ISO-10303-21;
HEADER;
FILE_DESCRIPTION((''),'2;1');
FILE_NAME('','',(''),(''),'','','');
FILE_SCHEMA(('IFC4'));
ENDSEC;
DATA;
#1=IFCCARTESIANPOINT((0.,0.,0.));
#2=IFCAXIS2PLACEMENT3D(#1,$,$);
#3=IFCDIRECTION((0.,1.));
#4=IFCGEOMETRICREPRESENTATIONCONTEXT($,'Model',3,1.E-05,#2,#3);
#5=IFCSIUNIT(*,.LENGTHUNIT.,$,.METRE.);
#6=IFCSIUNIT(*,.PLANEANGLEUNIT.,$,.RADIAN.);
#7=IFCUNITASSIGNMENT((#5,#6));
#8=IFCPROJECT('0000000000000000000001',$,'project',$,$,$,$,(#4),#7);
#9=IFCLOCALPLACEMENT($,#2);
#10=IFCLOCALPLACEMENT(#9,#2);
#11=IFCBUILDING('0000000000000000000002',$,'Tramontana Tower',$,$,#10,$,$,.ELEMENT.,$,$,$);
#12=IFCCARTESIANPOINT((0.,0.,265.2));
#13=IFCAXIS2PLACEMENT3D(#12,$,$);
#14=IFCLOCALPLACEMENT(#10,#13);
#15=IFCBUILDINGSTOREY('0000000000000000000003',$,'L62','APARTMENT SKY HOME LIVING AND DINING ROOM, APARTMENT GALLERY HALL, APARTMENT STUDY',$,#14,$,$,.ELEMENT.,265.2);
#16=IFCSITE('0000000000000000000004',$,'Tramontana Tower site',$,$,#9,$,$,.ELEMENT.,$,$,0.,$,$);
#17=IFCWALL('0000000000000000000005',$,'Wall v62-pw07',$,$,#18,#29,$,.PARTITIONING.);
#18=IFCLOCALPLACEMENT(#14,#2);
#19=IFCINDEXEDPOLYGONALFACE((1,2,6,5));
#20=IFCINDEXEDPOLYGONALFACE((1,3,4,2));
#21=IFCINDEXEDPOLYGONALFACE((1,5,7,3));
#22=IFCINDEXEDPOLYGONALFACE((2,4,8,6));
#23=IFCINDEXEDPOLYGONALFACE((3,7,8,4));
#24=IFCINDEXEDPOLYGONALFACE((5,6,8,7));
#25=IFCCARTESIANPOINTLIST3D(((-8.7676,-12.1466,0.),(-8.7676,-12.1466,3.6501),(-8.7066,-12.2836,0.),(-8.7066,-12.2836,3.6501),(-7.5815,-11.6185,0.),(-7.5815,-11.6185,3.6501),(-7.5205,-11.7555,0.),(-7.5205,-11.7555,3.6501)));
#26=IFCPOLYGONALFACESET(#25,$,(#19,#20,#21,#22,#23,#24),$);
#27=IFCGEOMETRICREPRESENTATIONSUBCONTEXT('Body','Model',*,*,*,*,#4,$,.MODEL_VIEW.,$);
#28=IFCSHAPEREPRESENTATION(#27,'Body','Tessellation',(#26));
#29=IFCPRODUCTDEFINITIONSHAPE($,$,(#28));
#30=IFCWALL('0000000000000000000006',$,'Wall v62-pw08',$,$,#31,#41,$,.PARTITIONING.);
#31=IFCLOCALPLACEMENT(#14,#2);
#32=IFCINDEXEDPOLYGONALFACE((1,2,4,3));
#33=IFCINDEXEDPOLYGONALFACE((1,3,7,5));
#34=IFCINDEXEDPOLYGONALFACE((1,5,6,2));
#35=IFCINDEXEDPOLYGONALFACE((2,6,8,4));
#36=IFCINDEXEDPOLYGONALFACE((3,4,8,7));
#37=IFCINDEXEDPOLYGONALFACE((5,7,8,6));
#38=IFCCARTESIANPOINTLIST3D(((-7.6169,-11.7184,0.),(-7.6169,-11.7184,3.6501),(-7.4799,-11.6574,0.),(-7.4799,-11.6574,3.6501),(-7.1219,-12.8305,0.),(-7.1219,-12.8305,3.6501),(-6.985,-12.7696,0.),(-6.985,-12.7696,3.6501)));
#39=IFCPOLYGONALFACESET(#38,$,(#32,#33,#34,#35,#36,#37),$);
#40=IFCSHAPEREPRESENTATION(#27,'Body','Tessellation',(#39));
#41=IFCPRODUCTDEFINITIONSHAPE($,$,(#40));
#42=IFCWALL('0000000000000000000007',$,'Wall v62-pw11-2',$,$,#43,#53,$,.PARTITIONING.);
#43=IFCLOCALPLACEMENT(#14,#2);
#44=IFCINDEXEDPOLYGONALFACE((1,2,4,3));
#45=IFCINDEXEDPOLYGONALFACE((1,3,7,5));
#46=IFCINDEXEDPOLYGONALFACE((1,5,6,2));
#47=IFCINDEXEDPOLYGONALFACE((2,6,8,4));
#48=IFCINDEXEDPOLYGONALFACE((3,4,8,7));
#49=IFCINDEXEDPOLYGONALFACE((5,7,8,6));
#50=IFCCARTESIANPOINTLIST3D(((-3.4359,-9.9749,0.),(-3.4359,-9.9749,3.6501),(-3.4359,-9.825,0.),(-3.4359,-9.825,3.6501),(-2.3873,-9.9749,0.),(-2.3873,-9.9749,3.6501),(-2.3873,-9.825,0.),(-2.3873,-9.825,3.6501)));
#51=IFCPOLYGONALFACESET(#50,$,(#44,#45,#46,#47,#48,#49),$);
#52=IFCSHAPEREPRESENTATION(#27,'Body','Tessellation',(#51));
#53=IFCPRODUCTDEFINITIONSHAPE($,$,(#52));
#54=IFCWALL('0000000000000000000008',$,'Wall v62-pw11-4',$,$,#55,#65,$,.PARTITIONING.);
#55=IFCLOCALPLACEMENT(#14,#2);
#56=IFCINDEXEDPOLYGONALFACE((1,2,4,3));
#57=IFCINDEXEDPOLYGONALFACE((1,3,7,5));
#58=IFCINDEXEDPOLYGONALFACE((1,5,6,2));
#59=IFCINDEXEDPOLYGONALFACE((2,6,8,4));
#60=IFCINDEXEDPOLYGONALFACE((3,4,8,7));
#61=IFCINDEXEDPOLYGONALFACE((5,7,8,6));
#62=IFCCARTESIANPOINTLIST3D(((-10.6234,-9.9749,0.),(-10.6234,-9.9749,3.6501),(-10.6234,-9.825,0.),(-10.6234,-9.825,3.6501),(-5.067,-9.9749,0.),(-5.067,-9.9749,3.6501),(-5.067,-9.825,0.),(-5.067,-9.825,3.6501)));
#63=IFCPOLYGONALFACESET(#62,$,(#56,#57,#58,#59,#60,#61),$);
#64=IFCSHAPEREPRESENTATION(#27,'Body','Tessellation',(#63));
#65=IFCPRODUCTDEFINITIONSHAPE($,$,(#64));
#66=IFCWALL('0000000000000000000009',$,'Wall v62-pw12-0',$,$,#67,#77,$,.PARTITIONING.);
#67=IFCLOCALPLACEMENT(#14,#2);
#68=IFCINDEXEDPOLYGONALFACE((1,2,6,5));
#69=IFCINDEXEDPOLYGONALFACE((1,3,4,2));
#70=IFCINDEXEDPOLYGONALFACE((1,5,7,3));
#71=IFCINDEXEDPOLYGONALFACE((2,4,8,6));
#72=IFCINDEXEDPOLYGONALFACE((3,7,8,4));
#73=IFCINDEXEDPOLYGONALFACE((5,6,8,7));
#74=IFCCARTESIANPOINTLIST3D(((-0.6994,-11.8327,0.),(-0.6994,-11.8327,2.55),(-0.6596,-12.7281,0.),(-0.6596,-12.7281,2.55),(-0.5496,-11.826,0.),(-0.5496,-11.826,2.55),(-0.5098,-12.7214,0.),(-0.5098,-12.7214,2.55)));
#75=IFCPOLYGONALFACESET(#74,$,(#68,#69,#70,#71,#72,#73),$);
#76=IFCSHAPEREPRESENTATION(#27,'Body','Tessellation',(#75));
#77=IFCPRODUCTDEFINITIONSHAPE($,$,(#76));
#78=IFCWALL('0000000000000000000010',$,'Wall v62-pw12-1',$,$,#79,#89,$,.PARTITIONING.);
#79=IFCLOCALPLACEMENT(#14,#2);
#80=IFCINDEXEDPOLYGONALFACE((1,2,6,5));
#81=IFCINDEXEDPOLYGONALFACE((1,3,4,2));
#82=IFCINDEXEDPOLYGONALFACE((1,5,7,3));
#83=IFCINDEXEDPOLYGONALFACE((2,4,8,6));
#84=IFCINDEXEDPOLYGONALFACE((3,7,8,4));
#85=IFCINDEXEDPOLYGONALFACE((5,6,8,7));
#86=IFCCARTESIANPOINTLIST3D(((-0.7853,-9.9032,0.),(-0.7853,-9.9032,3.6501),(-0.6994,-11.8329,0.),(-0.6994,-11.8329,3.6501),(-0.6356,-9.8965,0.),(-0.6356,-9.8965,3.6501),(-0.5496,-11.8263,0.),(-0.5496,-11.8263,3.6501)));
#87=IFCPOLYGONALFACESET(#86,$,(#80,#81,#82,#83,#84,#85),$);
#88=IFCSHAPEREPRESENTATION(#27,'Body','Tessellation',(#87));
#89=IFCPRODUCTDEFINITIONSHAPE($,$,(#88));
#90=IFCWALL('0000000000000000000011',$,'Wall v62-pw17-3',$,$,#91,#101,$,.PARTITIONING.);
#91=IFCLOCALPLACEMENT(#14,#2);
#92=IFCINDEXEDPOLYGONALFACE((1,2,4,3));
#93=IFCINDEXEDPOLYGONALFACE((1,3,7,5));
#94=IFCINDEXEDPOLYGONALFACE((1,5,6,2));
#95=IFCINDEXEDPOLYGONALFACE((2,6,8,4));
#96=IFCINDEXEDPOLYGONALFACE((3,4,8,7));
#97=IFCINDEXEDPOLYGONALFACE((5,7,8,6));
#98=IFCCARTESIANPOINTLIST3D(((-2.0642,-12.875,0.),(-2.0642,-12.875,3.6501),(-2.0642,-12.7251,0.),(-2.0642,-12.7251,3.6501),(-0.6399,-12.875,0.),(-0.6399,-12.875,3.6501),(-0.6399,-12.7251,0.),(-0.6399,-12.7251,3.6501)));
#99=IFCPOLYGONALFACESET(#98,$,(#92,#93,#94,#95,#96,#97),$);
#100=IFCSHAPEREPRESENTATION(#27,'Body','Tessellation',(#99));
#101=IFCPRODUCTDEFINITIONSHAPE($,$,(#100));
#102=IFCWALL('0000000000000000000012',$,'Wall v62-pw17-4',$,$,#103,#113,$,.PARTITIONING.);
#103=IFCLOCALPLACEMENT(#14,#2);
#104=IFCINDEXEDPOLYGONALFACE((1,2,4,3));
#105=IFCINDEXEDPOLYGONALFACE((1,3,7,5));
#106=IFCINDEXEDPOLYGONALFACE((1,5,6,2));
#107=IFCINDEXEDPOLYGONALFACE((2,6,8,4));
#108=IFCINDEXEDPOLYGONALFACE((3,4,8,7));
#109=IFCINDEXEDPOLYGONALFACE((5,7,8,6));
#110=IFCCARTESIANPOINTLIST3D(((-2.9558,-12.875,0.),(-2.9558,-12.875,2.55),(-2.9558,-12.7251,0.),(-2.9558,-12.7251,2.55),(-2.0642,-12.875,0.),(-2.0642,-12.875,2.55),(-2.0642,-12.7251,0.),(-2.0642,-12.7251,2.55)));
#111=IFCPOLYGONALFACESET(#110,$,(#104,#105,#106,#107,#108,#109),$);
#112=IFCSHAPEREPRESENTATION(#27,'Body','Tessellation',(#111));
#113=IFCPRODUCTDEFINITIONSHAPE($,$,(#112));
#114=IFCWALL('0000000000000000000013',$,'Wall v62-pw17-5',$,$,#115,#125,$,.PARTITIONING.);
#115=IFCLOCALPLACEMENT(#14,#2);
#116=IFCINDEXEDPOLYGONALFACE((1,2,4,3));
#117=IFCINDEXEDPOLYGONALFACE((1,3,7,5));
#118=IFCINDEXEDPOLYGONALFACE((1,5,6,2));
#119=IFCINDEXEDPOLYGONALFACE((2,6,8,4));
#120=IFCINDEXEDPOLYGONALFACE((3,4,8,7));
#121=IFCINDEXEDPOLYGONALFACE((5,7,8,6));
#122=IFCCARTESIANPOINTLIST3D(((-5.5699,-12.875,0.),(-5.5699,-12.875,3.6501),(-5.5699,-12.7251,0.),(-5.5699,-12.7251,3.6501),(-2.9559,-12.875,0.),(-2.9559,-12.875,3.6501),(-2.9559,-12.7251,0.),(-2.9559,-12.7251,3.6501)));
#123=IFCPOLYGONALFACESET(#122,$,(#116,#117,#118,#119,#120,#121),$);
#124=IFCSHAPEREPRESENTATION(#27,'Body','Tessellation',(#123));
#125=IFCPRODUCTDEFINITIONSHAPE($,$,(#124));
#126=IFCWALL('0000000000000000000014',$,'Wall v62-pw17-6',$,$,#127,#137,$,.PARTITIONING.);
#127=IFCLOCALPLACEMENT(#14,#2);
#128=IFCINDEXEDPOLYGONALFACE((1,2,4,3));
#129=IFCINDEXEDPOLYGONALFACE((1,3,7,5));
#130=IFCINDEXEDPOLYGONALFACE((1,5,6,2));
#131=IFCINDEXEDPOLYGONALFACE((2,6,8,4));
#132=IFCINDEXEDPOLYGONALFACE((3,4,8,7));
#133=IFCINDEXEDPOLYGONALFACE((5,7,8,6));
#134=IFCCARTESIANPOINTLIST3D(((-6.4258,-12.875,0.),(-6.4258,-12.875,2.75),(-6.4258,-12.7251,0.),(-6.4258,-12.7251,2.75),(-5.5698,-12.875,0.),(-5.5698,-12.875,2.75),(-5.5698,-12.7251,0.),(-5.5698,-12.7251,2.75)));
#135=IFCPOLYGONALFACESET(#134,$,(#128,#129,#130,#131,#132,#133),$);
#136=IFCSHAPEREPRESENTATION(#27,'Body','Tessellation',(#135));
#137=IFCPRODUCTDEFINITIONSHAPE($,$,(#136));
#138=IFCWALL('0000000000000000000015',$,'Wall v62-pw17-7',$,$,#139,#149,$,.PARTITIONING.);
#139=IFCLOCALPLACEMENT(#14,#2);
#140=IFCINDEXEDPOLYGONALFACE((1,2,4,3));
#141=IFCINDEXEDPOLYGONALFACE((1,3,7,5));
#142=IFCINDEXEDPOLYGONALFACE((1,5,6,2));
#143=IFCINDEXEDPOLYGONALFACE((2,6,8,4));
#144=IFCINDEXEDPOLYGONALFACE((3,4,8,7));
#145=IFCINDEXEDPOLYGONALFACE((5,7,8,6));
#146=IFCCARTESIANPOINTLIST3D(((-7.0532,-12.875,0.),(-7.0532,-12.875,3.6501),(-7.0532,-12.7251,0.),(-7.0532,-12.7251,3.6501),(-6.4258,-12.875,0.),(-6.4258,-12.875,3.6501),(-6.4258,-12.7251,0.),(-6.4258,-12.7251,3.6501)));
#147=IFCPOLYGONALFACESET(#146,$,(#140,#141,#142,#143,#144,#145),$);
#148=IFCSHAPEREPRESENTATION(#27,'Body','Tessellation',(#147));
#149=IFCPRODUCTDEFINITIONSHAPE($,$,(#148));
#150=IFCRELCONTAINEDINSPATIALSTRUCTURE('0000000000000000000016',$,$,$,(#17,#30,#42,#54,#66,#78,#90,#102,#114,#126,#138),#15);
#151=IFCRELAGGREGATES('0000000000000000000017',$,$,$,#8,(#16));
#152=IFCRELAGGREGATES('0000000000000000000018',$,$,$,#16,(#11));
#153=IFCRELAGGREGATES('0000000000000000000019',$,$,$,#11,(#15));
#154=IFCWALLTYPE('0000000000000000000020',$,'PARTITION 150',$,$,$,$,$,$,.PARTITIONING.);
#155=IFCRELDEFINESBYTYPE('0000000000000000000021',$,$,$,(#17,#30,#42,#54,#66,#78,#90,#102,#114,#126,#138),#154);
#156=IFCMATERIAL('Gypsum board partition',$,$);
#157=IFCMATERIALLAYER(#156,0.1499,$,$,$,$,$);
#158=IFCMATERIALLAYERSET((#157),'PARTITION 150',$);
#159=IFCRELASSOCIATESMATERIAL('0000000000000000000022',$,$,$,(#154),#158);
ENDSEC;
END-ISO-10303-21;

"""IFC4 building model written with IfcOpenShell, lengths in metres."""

from ifc_helpers import new_model, si_unit, direction, frame, frame_2d, origin, place, context, subcontext, project, spatial, rectangle, extrude, material, layer, layer_set, type_object, element, save


model = new_model("IFC4")

# Units and contexts
model_context = context("Model", 3, precision=1e-05, world=origin(), true_north=direction((0.0, 1.0)))
body_context = subcontext(model_context, "Body", "Model", "MODEL_VIEW")
ifc_project = project(units=[si_unit("LENGTHUNIT", "METRE"), si_unit("PLANEANGLEUNIT", "RADIAN")], contexts=[model_context])

# Site, building, storey
site_placement = place(None, origin())
site = spatial("IfcSite", under=ifc_project, at=site_placement, Name="Tramontana Tower site", CompositionType="ELEMENT", RefElevation=0.0)
building_placement = place(site_placement, origin())
building = spatial("IfcBuilding", under=site, at=building_placement, Name="Tramontana Tower", CompositionType="ELEMENT")
storey_placement = place(building_placement, frame((0.0, 0.0, 265.2)))
storey = spatial("IfcBuildingStorey", under=building, at=storey_placement, Name="L62", Description="APARTMENT SKY HOME LIVING AND DINING ROOM, APARTMENT GALLERY HALL, APARTMENT STUDY", CompositionType="ELEMENT", Elevation=265.2)

# Walls
ifc_material_1 = material(Name="Gypsum board partition")
ifc_layer_1 = layer(ifc_material_1, 0.1499)
ifc_layer_set_1 = layer_set([ifc_layer_1], Name="PARTITION 150")
wall_type_1 = type_object("IfcWallType", Name="PARTITION 150", PredefinedType="PARTITIONING", material=ifc_layer_set_1)
wall_1_placement = place(storey_placement, frame((-7.551, -11.687, 0.0), z_axis=(0.0, 0.0, 1.0), x_axis=(-0.91354, -0.406749, 0.0)))
element("IfcWall", 1, at=wall_1_placement, inside=storey, type_object=wall_type_1, Name="Wall v62-pw07", PredefinedType="PARTITIONING", context=body_context, shape_type="SweptSolid", body=[
    extrude(rectangle(XDim=1.2983, YDim=0.1499, at=frame_2d((0.6492, 0.0))), origin(), (0.0, 0.0, 1.0), 3.6501),
])
wall_2_placement = place(storey_placement, frame((-7.0535, -12.8, 0.0), z_axis=(0.0, 0.0, 1.0), x_axis=(-0.406566, 0.913621, 0.0)))
element("IfcWall", 2, at=wall_2_placement, inside=storey, type_object=wall_type_1, Name="Wall v62-pw08", PredefinedType="PARTITIONING", context=body_context, shape_type="SweptSolid", body=[
    extrude(rectangle(XDim=1.2173, YDim=0.1499, at=frame_2d((0.6086, 0.0))), origin(), (0.0, 0.0, 1.0), 3.6501),
])
wall_3_placement = place(storey_placement, frame((-2.3872, -9.8999, 0.0), z_axis=(0.0, 0.0, 1.0), x_axis=(-1.0, 0.0, 0.0)))
element("IfcWall", 3, at=wall_3_placement, inside=storey, type_object=wall_type_1, Name="Wall v62-pw11-2", PredefinedType="PARTITIONING", context=body_context, shape_type="SweptSolid", body=[
    extrude(rectangle(XDim=1.0486, YDim=0.1499, at=frame_2d((0.5244, 0.0))), origin(), (0.0, 0.0, 1.0), 3.6501),
])

# Walls
wall_4_placement = place(storey_placement, frame((-5.0669, -9.8999, 0.0), z_axis=(0.0, 0.0, 1.0), x_axis=(-1.0, 0.0, 0.0)))
element("IfcWall", 4, at=wall_4_placement, inside=storey, type_object=wall_type_1, Name="Wall v62-pw11-4", PredefinedType="PARTITIONING", context=body_context, shape_type="SweptSolid", body=[
    extrude(rectangle(XDim=5.5564, YDim=0.1499, at=frame_2d((2.7783, 0.0))), origin(), (0.0, 0.0, 1.0), 3.6501),
])
wall_5_placement = place(storey_placement, frame((-0.5847, -12.7249, 0.0), z_axis=(0.0, 0.0, 1.0), x_axis=(-0.044407, 0.999014, 0.0)))
element("IfcWall", 5, at=wall_5_placement, inside=storey, type_object=wall_type_1, Name="Wall v62-pw12-0", PredefinedType="PARTITIONING", context=body_context, shape_type="SweptSolid", body=[
    extrude(rectangle(XDim=0.8962, YDim=0.1499, at=frame_2d((0.4482, 0.0))), origin(), (0.0, 0.0, 1.0), 2.55),
])
wall_6_placement = place(storey_placement, frame((-0.6245, -11.8296, 0.0), z_axis=(0.0, 0.0, 1.0), x_axis=(-0.04449, 0.99901, 0.0)))
element("IfcWall", 6, at=wall_6_placement, inside=storey, type_object=wall_type_1, Name="Wall v62-pw12-1", PredefinedType="PARTITIONING", context=body_context, shape_type="SweptSolid", body=[
    extrude(rectangle(XDim=1.9316, YDim=0.1499, at=frame_2d((0.9658, 0.0))), origin(), (0.0, 0.0, 1.0), 3.6501),
])
wall_7_placement = place(storey_placement, frame((-0.6399, -12.8, 0.0), z_axis=(0.0, 0.0, 1.0), x_axis=(-1.0, 0.0, 0.0)))
element("IfcWall", 7, at=wall_7_placement, inside=storey, type_object=wall_type_1, Name="Wall v62-pw17-3", PredefinedType="PARTITIONING", context=body_context, shape_type="SweptSolid", body=[
    extrude(rectangle(XDim=1.4243, YDim=0.1499, at=frame_2d((0.7122, 0.0))), origin(), (0.0, 0.0, 1.0), 3.6501),
])
wall_8_placement = place(storey_placement, frame((-2.0642, -12.8, 0.0), z_axis=(0.0, 0.0, 1.0), x_axis=(-1.0, 0.0, 0.0)))
element("IfcWall", 8, at=wall_8_placement, inside=storey, type_object=wall_type_1, Name="Wall v62-pw17-4", PredefinedType="PARTITIONING", context=body_context, shape_type="SweptSolid", body=[
    extrude(rectangle(XDim=0.8916, YDim=0.1499, at=frame_2d((0.4458, 0.0))), origin(), (0.0, 0.0, 1.0), 2.55),
])
wall_9_placement = place(storey_placement, frame((-2.9558, -12.8, 0.0), z_axis=(0.0, 0.0, 1.0), x_axis=(-1.0, 0.0, 0.0)))
element("IfcWall", 9, at=wall_9_placement, inside=storey, type_object=wall_type_1, Name="Wall v62-pw17-5", PredefinedType="PARTITIONING", context=body_context, shape_type="SweptSolid", body=[
    extrude(rectangle(XDim=2.614, YDim=0.1499, at=frame_2d((1.3071, 0.0))), origin(), (0.0, 0.0, 1.0), 3.6501),
])
wall_10_placement = place(storey_placement, frame((-5.5698, -12.8, 0.0), z_axis=(0.0, 0.0, 1.0), x_axis=(-1.0, 0.0, 0.0)))
element("IfcWall", 10, at=wall_10_placement, inside=storey, type_object=wall_type_1, Name="Wall v62-pw17-6", PredefinedType="PARTITIONING", context=body_context, shape_type="SweptSolid", body=[
    extrude(rectangle(XDim=0.856, YDim=0.1499, at=frame_2d((0.428, 0.0))), origin(), (0.0, 0.0, 1.0), 2.75),
])
wall_11_placement = place(storey_placement, frame((-6.4258, -12.8, 0.0), z_axis=(0.0, 0.0, 1.0), x_axis=(-1.0, 0.0, 0.0)))
element("IfcWall", 11, at=wall_11_placement, inside=storey, type_object=wall_type_1, Name="Wall v62-pw17-7", PredefinedType="PARTITIONING", context=body_context, shape_type="SweptSolid", body=[
    extrude(rectangle(XDim=0.6274, YDim=0.1499, at=frame_2d((0.3137, 0.0))), origin(), (0.0, 0.0, 1.0), 3.6501),
])

save(model, "model.ifc")
